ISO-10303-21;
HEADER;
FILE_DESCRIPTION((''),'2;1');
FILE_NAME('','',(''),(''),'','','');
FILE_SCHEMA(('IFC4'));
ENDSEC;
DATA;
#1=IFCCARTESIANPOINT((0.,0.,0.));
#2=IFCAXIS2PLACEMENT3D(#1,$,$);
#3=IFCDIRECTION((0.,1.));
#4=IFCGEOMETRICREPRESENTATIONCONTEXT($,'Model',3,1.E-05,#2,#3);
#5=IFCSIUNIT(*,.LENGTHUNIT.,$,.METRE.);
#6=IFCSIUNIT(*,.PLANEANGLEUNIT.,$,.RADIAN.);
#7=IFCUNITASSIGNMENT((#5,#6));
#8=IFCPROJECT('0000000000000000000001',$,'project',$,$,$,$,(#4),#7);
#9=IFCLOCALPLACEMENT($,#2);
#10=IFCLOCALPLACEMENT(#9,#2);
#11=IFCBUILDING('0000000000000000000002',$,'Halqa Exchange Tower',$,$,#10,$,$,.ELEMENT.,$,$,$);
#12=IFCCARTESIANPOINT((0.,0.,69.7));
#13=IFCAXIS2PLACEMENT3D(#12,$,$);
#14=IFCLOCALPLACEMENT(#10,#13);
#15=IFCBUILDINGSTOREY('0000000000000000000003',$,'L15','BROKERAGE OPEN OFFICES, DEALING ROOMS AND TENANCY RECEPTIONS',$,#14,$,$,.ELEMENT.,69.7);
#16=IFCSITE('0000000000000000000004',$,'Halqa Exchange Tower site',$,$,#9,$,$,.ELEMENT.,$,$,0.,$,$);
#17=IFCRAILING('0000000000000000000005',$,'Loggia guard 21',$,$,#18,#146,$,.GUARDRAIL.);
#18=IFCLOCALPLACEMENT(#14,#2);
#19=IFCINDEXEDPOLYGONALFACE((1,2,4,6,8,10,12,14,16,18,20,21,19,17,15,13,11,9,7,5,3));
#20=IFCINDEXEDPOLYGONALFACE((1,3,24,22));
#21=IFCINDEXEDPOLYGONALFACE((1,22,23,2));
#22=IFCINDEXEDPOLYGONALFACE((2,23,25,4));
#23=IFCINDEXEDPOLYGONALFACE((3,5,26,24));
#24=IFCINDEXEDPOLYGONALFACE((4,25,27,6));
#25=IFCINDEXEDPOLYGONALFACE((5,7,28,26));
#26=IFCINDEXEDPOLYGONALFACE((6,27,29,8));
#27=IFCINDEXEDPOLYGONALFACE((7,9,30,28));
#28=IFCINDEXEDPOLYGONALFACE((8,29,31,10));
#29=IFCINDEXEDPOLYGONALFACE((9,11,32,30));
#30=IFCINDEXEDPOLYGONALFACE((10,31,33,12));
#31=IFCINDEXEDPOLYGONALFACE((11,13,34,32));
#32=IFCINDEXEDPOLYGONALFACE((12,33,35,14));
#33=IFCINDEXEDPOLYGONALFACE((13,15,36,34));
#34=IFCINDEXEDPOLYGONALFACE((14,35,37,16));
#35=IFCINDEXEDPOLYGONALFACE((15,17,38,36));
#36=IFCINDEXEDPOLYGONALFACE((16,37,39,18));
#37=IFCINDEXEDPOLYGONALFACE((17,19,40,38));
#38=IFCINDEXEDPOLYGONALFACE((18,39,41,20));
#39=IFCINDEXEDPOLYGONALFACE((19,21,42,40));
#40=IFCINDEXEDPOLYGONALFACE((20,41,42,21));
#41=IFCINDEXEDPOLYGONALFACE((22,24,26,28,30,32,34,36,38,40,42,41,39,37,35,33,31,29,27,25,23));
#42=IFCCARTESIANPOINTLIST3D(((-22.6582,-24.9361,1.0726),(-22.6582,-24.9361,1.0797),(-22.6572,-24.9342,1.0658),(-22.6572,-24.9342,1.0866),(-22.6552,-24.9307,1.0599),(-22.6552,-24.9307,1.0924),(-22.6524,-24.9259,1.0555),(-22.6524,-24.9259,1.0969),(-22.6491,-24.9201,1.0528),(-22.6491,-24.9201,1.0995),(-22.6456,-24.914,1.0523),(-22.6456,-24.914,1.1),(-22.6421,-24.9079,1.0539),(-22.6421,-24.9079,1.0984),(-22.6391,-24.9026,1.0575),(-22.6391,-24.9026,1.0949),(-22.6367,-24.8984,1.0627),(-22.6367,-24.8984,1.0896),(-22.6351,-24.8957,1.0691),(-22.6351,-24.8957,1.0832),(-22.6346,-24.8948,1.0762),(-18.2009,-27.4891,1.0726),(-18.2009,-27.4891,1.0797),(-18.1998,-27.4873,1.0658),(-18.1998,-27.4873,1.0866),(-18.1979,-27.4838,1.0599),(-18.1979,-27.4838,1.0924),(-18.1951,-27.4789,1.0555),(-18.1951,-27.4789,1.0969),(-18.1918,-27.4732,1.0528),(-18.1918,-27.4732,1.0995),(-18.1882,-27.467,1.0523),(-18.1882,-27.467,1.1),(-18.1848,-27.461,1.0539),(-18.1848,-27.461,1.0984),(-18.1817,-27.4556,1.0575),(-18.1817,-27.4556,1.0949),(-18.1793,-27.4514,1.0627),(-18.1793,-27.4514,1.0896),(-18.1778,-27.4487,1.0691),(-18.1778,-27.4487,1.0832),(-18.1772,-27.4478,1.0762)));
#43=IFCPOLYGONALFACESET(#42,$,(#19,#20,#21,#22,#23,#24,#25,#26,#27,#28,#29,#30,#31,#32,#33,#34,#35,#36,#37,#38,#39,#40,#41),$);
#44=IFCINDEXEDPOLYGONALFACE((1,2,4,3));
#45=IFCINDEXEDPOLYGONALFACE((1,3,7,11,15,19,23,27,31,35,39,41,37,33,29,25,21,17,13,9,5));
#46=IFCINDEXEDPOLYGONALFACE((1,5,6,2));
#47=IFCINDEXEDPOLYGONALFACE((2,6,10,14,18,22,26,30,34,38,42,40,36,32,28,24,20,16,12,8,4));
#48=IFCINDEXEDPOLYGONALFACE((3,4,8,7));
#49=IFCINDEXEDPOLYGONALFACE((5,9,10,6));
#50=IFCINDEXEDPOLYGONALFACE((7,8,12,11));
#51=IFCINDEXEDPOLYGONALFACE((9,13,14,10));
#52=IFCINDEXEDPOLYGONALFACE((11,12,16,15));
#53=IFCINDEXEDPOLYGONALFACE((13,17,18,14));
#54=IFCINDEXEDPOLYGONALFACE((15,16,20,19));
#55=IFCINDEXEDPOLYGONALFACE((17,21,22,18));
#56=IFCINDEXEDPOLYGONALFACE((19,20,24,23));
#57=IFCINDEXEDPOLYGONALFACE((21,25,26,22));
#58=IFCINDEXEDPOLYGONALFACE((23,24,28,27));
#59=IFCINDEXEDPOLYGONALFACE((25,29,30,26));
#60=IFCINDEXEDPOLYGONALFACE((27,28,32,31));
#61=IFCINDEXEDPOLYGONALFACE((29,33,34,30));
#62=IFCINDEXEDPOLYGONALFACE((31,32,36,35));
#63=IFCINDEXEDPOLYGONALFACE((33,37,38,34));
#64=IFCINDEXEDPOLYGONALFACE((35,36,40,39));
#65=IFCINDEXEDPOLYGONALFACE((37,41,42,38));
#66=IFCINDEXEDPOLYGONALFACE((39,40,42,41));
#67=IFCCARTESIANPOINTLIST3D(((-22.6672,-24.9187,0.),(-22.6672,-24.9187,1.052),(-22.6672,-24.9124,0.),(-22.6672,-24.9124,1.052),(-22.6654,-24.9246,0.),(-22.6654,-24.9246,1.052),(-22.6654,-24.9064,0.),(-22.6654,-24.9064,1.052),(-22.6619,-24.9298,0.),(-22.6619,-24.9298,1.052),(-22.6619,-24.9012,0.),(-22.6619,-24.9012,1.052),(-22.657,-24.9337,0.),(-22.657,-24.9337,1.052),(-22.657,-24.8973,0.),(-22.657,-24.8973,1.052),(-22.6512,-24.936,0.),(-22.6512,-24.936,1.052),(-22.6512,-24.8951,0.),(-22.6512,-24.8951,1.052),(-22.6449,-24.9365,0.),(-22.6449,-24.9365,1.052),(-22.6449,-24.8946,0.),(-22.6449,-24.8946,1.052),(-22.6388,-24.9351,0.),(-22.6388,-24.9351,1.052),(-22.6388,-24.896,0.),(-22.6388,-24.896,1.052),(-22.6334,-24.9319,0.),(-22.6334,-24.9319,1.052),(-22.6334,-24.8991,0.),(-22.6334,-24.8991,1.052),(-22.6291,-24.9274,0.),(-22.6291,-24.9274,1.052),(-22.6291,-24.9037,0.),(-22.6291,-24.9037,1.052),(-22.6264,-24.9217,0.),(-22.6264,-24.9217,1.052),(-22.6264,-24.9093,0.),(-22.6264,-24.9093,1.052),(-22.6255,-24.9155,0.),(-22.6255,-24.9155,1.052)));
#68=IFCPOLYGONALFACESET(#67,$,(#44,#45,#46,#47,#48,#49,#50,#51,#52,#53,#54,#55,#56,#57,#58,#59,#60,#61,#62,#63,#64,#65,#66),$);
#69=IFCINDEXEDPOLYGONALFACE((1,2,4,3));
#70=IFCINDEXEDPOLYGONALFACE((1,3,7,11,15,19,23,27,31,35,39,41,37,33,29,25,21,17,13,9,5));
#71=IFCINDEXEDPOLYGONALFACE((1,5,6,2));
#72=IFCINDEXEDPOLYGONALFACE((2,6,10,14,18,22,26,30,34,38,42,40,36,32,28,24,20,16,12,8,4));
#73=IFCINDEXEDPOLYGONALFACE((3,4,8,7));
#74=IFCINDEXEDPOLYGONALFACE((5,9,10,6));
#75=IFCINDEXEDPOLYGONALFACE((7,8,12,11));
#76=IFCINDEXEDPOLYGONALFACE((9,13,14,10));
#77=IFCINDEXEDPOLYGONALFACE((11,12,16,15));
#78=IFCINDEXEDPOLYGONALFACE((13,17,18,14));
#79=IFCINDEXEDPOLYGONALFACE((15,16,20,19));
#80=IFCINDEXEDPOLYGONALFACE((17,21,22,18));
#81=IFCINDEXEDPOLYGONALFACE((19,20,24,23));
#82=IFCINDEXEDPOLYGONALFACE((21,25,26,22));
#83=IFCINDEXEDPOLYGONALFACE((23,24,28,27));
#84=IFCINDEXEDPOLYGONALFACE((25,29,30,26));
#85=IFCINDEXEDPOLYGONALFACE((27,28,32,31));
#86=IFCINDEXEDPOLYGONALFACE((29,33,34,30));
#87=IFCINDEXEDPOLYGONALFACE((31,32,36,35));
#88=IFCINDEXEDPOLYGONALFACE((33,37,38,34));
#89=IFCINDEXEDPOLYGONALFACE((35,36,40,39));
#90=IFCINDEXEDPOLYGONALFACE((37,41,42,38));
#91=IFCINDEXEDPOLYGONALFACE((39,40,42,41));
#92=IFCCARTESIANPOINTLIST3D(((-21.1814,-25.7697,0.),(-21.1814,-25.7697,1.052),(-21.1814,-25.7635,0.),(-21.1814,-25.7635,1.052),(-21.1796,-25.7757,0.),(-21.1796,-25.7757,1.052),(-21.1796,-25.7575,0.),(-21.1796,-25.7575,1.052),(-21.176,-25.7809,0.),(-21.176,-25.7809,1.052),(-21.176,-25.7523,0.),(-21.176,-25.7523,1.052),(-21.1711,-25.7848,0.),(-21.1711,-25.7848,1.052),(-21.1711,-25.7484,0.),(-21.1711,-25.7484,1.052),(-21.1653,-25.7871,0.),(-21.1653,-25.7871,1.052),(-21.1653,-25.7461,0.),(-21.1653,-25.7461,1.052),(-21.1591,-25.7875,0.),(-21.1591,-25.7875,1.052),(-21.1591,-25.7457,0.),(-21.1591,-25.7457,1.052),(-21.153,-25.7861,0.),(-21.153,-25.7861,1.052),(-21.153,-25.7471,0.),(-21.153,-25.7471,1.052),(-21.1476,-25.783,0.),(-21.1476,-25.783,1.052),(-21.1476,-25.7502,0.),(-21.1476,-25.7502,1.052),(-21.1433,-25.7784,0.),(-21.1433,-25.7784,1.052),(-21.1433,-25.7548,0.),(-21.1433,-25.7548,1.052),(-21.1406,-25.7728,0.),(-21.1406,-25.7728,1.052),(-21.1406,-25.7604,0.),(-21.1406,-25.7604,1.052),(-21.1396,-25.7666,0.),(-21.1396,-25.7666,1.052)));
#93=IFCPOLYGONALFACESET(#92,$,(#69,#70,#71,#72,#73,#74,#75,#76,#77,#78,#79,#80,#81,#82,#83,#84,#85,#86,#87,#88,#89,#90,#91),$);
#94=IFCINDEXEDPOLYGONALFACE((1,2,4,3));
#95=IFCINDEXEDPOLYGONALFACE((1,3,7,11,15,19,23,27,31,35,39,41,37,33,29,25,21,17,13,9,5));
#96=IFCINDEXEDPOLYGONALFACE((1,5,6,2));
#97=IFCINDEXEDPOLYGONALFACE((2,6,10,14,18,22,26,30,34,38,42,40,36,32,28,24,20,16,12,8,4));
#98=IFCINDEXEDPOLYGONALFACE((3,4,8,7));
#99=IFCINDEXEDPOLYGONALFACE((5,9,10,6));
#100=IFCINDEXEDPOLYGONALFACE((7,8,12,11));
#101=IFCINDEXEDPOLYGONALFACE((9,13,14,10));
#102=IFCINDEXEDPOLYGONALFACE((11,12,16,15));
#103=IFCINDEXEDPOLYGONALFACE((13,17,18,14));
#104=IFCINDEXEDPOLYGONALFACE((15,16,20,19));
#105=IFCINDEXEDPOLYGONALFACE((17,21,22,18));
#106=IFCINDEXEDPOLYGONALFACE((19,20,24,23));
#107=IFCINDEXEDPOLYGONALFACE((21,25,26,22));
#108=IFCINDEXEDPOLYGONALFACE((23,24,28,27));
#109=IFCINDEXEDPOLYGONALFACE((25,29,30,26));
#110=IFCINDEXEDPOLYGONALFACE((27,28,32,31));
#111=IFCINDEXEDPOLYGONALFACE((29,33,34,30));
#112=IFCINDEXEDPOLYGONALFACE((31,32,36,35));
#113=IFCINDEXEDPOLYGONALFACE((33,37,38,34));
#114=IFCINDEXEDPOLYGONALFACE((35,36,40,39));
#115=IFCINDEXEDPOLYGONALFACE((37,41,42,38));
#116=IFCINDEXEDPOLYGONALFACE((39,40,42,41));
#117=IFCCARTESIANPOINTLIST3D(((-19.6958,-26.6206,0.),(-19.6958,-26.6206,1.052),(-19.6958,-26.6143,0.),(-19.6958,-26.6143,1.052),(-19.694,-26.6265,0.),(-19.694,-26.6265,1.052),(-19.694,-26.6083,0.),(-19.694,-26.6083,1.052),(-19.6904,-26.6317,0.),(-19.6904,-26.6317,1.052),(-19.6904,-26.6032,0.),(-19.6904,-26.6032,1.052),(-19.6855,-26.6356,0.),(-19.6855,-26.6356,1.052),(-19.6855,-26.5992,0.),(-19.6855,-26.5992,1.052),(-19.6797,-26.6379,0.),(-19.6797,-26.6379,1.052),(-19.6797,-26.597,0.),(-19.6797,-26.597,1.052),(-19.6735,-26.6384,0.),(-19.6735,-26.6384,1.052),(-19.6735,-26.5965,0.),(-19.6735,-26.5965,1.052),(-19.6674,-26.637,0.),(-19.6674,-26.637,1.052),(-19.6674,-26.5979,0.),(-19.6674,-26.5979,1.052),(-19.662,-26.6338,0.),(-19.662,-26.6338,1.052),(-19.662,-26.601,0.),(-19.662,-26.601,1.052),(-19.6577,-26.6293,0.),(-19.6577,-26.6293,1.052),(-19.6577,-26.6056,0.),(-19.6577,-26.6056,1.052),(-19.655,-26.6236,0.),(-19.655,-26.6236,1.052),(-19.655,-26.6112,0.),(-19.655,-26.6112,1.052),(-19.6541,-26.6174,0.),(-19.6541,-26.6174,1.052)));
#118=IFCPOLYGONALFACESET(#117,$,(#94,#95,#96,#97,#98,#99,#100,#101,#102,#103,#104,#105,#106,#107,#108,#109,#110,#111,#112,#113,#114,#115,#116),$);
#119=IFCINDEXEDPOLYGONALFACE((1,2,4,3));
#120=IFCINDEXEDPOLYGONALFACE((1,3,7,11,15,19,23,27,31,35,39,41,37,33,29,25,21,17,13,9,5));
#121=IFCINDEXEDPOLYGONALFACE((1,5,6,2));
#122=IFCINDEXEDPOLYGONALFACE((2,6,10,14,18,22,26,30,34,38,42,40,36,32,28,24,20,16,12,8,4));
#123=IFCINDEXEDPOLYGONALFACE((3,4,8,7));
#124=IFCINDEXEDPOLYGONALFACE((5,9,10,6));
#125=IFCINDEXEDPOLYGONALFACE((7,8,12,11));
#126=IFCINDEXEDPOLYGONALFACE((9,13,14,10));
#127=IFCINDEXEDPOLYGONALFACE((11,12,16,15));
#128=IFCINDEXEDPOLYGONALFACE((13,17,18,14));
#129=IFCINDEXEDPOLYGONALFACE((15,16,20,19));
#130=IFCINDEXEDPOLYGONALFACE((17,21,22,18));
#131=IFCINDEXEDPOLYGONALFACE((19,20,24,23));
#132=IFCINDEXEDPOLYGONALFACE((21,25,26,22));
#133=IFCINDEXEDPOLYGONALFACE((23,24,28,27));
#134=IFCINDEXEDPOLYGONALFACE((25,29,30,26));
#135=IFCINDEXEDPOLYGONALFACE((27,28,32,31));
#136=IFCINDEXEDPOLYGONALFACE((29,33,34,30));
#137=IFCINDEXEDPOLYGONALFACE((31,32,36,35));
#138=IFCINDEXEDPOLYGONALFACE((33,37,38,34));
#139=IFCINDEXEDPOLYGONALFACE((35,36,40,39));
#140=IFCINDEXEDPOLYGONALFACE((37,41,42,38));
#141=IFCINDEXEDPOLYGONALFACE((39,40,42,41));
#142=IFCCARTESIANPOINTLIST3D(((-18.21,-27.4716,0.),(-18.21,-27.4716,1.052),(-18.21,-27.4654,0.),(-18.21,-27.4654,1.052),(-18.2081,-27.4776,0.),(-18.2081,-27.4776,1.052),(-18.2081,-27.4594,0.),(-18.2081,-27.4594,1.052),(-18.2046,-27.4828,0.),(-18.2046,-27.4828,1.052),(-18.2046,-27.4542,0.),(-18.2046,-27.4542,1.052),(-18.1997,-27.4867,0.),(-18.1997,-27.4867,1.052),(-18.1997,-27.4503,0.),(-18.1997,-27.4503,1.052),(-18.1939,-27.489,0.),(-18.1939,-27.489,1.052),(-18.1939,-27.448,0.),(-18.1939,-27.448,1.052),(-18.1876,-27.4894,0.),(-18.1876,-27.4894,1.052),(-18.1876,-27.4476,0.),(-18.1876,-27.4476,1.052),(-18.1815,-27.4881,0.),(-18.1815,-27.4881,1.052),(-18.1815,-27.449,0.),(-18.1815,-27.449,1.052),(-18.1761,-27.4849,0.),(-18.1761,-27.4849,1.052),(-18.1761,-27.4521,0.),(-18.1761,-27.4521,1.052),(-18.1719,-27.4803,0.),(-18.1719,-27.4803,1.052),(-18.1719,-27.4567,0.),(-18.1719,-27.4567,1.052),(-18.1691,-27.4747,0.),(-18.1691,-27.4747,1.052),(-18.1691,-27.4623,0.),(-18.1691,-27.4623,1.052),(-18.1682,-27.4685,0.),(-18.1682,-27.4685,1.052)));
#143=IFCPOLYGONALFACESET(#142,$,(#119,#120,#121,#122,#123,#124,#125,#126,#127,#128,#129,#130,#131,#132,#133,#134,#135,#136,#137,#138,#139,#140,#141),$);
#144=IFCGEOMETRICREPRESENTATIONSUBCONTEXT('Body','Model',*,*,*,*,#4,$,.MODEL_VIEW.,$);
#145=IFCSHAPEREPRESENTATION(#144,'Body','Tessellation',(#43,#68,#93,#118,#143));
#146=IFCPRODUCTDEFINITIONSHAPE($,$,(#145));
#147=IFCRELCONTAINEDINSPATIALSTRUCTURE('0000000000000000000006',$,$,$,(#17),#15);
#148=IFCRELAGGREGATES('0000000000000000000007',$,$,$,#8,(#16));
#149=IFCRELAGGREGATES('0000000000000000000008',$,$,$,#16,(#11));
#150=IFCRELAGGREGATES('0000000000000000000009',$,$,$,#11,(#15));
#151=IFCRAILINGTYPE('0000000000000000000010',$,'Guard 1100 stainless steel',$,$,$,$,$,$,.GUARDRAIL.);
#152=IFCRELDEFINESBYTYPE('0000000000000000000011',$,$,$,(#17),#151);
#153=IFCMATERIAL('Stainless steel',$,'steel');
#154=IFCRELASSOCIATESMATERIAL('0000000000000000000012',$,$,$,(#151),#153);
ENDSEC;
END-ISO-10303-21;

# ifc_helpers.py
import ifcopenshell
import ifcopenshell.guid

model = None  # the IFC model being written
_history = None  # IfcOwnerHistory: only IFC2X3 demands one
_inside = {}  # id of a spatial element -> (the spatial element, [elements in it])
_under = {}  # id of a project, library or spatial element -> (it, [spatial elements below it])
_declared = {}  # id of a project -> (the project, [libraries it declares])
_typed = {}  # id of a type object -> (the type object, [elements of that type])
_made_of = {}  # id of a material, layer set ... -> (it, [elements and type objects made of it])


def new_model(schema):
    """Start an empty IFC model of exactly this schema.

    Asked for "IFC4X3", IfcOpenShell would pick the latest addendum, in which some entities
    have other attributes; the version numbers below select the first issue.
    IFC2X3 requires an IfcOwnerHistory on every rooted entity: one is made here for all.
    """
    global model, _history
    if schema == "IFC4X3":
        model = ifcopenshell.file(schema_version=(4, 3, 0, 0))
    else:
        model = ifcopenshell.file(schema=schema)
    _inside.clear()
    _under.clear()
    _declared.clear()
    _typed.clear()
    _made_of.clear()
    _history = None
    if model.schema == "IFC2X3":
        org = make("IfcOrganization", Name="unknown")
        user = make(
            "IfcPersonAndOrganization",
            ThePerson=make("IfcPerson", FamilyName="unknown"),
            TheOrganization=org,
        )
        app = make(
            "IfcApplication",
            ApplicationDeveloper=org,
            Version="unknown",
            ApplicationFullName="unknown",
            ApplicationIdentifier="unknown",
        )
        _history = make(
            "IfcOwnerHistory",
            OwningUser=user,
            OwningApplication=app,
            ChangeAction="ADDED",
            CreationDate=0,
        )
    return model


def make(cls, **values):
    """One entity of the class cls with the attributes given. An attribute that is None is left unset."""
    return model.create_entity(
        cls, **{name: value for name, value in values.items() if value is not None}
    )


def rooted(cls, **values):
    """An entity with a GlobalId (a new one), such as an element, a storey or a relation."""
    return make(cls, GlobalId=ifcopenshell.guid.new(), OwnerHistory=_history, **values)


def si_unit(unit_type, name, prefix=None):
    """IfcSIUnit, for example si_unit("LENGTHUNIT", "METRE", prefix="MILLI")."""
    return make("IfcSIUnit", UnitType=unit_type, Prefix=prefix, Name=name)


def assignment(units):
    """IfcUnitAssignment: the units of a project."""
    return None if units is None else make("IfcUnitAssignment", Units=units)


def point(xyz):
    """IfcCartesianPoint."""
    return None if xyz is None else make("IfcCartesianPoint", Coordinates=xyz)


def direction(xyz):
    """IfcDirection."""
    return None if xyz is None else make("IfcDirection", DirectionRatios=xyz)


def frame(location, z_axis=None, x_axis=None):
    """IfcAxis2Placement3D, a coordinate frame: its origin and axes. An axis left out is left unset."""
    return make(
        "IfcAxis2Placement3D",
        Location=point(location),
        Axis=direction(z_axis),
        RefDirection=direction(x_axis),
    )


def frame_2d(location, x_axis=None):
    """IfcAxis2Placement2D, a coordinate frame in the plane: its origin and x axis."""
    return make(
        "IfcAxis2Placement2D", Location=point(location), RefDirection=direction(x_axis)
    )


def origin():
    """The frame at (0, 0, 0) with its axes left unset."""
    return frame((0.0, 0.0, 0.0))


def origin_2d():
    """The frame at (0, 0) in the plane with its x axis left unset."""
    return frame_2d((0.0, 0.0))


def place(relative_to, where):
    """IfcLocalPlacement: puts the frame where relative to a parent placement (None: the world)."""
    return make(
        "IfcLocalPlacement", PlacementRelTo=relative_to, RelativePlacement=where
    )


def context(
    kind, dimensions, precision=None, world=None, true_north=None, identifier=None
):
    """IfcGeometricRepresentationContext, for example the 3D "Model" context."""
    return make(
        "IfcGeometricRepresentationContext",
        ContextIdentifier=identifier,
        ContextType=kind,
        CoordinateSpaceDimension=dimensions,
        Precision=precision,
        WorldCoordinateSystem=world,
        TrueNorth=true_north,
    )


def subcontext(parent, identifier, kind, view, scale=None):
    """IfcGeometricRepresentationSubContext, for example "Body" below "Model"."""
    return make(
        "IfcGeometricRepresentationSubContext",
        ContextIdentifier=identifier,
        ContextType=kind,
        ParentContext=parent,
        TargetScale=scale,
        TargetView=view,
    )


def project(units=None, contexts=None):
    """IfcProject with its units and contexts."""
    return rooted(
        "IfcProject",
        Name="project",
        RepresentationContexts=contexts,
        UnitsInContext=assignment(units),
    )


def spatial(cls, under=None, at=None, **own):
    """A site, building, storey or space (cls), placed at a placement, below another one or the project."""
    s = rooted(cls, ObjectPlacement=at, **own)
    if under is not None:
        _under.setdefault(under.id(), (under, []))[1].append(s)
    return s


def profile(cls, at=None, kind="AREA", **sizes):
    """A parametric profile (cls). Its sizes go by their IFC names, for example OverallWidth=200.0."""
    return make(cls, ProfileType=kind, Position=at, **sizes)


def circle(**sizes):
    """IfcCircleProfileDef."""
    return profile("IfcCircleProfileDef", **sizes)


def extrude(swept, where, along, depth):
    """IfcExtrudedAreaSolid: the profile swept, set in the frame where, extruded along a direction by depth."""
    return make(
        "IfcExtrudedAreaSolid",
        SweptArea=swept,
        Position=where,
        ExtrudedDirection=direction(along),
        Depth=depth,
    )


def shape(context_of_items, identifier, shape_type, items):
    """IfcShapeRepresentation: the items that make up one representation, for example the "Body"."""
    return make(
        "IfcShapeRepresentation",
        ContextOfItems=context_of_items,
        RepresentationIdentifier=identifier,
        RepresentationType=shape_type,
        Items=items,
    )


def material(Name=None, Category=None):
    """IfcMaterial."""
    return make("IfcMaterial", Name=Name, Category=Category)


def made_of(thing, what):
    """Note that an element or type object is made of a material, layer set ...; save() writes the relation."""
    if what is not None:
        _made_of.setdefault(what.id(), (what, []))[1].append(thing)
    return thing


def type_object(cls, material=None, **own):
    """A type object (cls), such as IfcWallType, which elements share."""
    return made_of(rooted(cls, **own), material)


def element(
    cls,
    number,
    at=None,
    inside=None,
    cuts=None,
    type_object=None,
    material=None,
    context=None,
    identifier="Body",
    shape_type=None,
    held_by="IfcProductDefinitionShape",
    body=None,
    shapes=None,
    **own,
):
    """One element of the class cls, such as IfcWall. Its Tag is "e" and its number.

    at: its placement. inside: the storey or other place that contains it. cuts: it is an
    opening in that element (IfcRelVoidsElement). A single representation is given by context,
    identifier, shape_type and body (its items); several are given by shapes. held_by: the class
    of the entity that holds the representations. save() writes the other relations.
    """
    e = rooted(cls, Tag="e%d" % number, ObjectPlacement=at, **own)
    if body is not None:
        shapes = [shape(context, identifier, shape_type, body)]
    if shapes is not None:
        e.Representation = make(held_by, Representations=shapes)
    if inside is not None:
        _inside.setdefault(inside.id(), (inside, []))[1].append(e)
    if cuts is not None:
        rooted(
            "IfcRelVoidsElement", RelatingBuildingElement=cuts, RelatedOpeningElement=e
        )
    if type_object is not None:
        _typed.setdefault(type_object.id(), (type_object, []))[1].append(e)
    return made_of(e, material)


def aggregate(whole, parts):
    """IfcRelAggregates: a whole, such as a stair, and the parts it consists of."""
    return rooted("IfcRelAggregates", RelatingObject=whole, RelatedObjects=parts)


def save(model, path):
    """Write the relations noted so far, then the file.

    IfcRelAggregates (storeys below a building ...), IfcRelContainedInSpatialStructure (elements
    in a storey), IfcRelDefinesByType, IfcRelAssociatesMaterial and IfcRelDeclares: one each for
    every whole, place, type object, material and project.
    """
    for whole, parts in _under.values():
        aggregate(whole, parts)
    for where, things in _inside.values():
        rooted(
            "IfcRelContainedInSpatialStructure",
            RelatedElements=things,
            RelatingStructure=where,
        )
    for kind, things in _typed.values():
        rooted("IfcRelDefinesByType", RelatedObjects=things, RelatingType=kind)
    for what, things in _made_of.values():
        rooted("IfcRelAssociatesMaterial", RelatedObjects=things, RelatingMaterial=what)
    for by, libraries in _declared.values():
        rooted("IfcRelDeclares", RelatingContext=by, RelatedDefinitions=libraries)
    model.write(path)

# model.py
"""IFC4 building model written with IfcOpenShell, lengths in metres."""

from ifc_helpers import new_model, si_unit, direction, frame, origin, origin_2d, place, context, subcontext, project, spatial, circle, extrude, material, type_object, element, save


model = new_model("IFC4")

# Units and contexts
model_context = context("Model", 3, precision=1e-05, world=origin(), true_north=direction((0.0, 1.0)))
body_context = subcontext(model_context, "Body", "Model", "MODEL_VIEW")
ifc_project = project(units=[si_unit("LENGTHUNIT", "METRE"), si_unit("PLANEANGLEUNIT", "RADIAN")], contexts=[model_context])

# Site, building, storey
site_placement = place(None, origin())
site = spatial("IfcSite", under=ifc_project, at=site_placement, Name="Halqa Exchange Tower site", CompositionType="ELEMENT", RefElevation=0.0)
building_placement = place(site_placement, origin())
building = spatial("IfcBuilding", under=site, at=building_placement, Name="Halqa Exchange Tower", CompositionType="ELEMENT")
storey_placement = place(building_placement, frame((0.0, 0.0, 69.7)))
storey = spatial("IfcBuildingStorey", under=building, at=storey_placement, Name="L15", Description="BROKERAGE OPEN OFFICES, DEALING ROOMS AND TENANCY RECEPTIONS", CompositionType="ELEMENT", Elevation=69.7)

# Railing
ifc_material_1 = material(Name="Stainless steel", Category="steel")
railing_type = type_object("IfcRailingType", Name="Guard 1100 stainless steel", PredefinedType="GUARDRAIL", material=ifc_material_1)
railing_1_placement = place(storey_placement, frame((-22.6465, -24.9155, 0.0)))
element("IfcRailing", 1, at=railing_1_placement, inside=storey, type_object=railing_type, Name="Loggia guard 21", PredefinedType="GUARDRAIL", context=body_context, shape_type="SweptSolid", body=[
    extrude(circle(Radius=0.0239, at=origin_2d()), frame((0.0, 0.0, 1.0762), z_axis=(0.867743, -0.497014, 0.0), x_axis=(0.497014, 0.867743, 0.0)), (0.0, 0.0, 1.0), 5.1367),
    extrude(circle(Radius=0.021, at=origin_2d()), origin(), (0.0, 0.0, 1.0), 1.052),
    extrude(circle(Radius=0.021, at=origin_2d()), frame((1.4858, -0.8511, 0.0)), (0.0, 0.0, 1.0), 1.052),
    extrude(circle(Radius=0.021, at=origin_2d()), frame((2.9714, -1.7019, 0.0)), (0.0, 0.0, 1.0), 1.052),
    extrude(circle(Radius=0.021, at=origin_2d()), frame((4.4573, -2.553, 0.0)), (0.0, 0.0, 1.0), 1.052),
])

save(model, "model.ifc")
